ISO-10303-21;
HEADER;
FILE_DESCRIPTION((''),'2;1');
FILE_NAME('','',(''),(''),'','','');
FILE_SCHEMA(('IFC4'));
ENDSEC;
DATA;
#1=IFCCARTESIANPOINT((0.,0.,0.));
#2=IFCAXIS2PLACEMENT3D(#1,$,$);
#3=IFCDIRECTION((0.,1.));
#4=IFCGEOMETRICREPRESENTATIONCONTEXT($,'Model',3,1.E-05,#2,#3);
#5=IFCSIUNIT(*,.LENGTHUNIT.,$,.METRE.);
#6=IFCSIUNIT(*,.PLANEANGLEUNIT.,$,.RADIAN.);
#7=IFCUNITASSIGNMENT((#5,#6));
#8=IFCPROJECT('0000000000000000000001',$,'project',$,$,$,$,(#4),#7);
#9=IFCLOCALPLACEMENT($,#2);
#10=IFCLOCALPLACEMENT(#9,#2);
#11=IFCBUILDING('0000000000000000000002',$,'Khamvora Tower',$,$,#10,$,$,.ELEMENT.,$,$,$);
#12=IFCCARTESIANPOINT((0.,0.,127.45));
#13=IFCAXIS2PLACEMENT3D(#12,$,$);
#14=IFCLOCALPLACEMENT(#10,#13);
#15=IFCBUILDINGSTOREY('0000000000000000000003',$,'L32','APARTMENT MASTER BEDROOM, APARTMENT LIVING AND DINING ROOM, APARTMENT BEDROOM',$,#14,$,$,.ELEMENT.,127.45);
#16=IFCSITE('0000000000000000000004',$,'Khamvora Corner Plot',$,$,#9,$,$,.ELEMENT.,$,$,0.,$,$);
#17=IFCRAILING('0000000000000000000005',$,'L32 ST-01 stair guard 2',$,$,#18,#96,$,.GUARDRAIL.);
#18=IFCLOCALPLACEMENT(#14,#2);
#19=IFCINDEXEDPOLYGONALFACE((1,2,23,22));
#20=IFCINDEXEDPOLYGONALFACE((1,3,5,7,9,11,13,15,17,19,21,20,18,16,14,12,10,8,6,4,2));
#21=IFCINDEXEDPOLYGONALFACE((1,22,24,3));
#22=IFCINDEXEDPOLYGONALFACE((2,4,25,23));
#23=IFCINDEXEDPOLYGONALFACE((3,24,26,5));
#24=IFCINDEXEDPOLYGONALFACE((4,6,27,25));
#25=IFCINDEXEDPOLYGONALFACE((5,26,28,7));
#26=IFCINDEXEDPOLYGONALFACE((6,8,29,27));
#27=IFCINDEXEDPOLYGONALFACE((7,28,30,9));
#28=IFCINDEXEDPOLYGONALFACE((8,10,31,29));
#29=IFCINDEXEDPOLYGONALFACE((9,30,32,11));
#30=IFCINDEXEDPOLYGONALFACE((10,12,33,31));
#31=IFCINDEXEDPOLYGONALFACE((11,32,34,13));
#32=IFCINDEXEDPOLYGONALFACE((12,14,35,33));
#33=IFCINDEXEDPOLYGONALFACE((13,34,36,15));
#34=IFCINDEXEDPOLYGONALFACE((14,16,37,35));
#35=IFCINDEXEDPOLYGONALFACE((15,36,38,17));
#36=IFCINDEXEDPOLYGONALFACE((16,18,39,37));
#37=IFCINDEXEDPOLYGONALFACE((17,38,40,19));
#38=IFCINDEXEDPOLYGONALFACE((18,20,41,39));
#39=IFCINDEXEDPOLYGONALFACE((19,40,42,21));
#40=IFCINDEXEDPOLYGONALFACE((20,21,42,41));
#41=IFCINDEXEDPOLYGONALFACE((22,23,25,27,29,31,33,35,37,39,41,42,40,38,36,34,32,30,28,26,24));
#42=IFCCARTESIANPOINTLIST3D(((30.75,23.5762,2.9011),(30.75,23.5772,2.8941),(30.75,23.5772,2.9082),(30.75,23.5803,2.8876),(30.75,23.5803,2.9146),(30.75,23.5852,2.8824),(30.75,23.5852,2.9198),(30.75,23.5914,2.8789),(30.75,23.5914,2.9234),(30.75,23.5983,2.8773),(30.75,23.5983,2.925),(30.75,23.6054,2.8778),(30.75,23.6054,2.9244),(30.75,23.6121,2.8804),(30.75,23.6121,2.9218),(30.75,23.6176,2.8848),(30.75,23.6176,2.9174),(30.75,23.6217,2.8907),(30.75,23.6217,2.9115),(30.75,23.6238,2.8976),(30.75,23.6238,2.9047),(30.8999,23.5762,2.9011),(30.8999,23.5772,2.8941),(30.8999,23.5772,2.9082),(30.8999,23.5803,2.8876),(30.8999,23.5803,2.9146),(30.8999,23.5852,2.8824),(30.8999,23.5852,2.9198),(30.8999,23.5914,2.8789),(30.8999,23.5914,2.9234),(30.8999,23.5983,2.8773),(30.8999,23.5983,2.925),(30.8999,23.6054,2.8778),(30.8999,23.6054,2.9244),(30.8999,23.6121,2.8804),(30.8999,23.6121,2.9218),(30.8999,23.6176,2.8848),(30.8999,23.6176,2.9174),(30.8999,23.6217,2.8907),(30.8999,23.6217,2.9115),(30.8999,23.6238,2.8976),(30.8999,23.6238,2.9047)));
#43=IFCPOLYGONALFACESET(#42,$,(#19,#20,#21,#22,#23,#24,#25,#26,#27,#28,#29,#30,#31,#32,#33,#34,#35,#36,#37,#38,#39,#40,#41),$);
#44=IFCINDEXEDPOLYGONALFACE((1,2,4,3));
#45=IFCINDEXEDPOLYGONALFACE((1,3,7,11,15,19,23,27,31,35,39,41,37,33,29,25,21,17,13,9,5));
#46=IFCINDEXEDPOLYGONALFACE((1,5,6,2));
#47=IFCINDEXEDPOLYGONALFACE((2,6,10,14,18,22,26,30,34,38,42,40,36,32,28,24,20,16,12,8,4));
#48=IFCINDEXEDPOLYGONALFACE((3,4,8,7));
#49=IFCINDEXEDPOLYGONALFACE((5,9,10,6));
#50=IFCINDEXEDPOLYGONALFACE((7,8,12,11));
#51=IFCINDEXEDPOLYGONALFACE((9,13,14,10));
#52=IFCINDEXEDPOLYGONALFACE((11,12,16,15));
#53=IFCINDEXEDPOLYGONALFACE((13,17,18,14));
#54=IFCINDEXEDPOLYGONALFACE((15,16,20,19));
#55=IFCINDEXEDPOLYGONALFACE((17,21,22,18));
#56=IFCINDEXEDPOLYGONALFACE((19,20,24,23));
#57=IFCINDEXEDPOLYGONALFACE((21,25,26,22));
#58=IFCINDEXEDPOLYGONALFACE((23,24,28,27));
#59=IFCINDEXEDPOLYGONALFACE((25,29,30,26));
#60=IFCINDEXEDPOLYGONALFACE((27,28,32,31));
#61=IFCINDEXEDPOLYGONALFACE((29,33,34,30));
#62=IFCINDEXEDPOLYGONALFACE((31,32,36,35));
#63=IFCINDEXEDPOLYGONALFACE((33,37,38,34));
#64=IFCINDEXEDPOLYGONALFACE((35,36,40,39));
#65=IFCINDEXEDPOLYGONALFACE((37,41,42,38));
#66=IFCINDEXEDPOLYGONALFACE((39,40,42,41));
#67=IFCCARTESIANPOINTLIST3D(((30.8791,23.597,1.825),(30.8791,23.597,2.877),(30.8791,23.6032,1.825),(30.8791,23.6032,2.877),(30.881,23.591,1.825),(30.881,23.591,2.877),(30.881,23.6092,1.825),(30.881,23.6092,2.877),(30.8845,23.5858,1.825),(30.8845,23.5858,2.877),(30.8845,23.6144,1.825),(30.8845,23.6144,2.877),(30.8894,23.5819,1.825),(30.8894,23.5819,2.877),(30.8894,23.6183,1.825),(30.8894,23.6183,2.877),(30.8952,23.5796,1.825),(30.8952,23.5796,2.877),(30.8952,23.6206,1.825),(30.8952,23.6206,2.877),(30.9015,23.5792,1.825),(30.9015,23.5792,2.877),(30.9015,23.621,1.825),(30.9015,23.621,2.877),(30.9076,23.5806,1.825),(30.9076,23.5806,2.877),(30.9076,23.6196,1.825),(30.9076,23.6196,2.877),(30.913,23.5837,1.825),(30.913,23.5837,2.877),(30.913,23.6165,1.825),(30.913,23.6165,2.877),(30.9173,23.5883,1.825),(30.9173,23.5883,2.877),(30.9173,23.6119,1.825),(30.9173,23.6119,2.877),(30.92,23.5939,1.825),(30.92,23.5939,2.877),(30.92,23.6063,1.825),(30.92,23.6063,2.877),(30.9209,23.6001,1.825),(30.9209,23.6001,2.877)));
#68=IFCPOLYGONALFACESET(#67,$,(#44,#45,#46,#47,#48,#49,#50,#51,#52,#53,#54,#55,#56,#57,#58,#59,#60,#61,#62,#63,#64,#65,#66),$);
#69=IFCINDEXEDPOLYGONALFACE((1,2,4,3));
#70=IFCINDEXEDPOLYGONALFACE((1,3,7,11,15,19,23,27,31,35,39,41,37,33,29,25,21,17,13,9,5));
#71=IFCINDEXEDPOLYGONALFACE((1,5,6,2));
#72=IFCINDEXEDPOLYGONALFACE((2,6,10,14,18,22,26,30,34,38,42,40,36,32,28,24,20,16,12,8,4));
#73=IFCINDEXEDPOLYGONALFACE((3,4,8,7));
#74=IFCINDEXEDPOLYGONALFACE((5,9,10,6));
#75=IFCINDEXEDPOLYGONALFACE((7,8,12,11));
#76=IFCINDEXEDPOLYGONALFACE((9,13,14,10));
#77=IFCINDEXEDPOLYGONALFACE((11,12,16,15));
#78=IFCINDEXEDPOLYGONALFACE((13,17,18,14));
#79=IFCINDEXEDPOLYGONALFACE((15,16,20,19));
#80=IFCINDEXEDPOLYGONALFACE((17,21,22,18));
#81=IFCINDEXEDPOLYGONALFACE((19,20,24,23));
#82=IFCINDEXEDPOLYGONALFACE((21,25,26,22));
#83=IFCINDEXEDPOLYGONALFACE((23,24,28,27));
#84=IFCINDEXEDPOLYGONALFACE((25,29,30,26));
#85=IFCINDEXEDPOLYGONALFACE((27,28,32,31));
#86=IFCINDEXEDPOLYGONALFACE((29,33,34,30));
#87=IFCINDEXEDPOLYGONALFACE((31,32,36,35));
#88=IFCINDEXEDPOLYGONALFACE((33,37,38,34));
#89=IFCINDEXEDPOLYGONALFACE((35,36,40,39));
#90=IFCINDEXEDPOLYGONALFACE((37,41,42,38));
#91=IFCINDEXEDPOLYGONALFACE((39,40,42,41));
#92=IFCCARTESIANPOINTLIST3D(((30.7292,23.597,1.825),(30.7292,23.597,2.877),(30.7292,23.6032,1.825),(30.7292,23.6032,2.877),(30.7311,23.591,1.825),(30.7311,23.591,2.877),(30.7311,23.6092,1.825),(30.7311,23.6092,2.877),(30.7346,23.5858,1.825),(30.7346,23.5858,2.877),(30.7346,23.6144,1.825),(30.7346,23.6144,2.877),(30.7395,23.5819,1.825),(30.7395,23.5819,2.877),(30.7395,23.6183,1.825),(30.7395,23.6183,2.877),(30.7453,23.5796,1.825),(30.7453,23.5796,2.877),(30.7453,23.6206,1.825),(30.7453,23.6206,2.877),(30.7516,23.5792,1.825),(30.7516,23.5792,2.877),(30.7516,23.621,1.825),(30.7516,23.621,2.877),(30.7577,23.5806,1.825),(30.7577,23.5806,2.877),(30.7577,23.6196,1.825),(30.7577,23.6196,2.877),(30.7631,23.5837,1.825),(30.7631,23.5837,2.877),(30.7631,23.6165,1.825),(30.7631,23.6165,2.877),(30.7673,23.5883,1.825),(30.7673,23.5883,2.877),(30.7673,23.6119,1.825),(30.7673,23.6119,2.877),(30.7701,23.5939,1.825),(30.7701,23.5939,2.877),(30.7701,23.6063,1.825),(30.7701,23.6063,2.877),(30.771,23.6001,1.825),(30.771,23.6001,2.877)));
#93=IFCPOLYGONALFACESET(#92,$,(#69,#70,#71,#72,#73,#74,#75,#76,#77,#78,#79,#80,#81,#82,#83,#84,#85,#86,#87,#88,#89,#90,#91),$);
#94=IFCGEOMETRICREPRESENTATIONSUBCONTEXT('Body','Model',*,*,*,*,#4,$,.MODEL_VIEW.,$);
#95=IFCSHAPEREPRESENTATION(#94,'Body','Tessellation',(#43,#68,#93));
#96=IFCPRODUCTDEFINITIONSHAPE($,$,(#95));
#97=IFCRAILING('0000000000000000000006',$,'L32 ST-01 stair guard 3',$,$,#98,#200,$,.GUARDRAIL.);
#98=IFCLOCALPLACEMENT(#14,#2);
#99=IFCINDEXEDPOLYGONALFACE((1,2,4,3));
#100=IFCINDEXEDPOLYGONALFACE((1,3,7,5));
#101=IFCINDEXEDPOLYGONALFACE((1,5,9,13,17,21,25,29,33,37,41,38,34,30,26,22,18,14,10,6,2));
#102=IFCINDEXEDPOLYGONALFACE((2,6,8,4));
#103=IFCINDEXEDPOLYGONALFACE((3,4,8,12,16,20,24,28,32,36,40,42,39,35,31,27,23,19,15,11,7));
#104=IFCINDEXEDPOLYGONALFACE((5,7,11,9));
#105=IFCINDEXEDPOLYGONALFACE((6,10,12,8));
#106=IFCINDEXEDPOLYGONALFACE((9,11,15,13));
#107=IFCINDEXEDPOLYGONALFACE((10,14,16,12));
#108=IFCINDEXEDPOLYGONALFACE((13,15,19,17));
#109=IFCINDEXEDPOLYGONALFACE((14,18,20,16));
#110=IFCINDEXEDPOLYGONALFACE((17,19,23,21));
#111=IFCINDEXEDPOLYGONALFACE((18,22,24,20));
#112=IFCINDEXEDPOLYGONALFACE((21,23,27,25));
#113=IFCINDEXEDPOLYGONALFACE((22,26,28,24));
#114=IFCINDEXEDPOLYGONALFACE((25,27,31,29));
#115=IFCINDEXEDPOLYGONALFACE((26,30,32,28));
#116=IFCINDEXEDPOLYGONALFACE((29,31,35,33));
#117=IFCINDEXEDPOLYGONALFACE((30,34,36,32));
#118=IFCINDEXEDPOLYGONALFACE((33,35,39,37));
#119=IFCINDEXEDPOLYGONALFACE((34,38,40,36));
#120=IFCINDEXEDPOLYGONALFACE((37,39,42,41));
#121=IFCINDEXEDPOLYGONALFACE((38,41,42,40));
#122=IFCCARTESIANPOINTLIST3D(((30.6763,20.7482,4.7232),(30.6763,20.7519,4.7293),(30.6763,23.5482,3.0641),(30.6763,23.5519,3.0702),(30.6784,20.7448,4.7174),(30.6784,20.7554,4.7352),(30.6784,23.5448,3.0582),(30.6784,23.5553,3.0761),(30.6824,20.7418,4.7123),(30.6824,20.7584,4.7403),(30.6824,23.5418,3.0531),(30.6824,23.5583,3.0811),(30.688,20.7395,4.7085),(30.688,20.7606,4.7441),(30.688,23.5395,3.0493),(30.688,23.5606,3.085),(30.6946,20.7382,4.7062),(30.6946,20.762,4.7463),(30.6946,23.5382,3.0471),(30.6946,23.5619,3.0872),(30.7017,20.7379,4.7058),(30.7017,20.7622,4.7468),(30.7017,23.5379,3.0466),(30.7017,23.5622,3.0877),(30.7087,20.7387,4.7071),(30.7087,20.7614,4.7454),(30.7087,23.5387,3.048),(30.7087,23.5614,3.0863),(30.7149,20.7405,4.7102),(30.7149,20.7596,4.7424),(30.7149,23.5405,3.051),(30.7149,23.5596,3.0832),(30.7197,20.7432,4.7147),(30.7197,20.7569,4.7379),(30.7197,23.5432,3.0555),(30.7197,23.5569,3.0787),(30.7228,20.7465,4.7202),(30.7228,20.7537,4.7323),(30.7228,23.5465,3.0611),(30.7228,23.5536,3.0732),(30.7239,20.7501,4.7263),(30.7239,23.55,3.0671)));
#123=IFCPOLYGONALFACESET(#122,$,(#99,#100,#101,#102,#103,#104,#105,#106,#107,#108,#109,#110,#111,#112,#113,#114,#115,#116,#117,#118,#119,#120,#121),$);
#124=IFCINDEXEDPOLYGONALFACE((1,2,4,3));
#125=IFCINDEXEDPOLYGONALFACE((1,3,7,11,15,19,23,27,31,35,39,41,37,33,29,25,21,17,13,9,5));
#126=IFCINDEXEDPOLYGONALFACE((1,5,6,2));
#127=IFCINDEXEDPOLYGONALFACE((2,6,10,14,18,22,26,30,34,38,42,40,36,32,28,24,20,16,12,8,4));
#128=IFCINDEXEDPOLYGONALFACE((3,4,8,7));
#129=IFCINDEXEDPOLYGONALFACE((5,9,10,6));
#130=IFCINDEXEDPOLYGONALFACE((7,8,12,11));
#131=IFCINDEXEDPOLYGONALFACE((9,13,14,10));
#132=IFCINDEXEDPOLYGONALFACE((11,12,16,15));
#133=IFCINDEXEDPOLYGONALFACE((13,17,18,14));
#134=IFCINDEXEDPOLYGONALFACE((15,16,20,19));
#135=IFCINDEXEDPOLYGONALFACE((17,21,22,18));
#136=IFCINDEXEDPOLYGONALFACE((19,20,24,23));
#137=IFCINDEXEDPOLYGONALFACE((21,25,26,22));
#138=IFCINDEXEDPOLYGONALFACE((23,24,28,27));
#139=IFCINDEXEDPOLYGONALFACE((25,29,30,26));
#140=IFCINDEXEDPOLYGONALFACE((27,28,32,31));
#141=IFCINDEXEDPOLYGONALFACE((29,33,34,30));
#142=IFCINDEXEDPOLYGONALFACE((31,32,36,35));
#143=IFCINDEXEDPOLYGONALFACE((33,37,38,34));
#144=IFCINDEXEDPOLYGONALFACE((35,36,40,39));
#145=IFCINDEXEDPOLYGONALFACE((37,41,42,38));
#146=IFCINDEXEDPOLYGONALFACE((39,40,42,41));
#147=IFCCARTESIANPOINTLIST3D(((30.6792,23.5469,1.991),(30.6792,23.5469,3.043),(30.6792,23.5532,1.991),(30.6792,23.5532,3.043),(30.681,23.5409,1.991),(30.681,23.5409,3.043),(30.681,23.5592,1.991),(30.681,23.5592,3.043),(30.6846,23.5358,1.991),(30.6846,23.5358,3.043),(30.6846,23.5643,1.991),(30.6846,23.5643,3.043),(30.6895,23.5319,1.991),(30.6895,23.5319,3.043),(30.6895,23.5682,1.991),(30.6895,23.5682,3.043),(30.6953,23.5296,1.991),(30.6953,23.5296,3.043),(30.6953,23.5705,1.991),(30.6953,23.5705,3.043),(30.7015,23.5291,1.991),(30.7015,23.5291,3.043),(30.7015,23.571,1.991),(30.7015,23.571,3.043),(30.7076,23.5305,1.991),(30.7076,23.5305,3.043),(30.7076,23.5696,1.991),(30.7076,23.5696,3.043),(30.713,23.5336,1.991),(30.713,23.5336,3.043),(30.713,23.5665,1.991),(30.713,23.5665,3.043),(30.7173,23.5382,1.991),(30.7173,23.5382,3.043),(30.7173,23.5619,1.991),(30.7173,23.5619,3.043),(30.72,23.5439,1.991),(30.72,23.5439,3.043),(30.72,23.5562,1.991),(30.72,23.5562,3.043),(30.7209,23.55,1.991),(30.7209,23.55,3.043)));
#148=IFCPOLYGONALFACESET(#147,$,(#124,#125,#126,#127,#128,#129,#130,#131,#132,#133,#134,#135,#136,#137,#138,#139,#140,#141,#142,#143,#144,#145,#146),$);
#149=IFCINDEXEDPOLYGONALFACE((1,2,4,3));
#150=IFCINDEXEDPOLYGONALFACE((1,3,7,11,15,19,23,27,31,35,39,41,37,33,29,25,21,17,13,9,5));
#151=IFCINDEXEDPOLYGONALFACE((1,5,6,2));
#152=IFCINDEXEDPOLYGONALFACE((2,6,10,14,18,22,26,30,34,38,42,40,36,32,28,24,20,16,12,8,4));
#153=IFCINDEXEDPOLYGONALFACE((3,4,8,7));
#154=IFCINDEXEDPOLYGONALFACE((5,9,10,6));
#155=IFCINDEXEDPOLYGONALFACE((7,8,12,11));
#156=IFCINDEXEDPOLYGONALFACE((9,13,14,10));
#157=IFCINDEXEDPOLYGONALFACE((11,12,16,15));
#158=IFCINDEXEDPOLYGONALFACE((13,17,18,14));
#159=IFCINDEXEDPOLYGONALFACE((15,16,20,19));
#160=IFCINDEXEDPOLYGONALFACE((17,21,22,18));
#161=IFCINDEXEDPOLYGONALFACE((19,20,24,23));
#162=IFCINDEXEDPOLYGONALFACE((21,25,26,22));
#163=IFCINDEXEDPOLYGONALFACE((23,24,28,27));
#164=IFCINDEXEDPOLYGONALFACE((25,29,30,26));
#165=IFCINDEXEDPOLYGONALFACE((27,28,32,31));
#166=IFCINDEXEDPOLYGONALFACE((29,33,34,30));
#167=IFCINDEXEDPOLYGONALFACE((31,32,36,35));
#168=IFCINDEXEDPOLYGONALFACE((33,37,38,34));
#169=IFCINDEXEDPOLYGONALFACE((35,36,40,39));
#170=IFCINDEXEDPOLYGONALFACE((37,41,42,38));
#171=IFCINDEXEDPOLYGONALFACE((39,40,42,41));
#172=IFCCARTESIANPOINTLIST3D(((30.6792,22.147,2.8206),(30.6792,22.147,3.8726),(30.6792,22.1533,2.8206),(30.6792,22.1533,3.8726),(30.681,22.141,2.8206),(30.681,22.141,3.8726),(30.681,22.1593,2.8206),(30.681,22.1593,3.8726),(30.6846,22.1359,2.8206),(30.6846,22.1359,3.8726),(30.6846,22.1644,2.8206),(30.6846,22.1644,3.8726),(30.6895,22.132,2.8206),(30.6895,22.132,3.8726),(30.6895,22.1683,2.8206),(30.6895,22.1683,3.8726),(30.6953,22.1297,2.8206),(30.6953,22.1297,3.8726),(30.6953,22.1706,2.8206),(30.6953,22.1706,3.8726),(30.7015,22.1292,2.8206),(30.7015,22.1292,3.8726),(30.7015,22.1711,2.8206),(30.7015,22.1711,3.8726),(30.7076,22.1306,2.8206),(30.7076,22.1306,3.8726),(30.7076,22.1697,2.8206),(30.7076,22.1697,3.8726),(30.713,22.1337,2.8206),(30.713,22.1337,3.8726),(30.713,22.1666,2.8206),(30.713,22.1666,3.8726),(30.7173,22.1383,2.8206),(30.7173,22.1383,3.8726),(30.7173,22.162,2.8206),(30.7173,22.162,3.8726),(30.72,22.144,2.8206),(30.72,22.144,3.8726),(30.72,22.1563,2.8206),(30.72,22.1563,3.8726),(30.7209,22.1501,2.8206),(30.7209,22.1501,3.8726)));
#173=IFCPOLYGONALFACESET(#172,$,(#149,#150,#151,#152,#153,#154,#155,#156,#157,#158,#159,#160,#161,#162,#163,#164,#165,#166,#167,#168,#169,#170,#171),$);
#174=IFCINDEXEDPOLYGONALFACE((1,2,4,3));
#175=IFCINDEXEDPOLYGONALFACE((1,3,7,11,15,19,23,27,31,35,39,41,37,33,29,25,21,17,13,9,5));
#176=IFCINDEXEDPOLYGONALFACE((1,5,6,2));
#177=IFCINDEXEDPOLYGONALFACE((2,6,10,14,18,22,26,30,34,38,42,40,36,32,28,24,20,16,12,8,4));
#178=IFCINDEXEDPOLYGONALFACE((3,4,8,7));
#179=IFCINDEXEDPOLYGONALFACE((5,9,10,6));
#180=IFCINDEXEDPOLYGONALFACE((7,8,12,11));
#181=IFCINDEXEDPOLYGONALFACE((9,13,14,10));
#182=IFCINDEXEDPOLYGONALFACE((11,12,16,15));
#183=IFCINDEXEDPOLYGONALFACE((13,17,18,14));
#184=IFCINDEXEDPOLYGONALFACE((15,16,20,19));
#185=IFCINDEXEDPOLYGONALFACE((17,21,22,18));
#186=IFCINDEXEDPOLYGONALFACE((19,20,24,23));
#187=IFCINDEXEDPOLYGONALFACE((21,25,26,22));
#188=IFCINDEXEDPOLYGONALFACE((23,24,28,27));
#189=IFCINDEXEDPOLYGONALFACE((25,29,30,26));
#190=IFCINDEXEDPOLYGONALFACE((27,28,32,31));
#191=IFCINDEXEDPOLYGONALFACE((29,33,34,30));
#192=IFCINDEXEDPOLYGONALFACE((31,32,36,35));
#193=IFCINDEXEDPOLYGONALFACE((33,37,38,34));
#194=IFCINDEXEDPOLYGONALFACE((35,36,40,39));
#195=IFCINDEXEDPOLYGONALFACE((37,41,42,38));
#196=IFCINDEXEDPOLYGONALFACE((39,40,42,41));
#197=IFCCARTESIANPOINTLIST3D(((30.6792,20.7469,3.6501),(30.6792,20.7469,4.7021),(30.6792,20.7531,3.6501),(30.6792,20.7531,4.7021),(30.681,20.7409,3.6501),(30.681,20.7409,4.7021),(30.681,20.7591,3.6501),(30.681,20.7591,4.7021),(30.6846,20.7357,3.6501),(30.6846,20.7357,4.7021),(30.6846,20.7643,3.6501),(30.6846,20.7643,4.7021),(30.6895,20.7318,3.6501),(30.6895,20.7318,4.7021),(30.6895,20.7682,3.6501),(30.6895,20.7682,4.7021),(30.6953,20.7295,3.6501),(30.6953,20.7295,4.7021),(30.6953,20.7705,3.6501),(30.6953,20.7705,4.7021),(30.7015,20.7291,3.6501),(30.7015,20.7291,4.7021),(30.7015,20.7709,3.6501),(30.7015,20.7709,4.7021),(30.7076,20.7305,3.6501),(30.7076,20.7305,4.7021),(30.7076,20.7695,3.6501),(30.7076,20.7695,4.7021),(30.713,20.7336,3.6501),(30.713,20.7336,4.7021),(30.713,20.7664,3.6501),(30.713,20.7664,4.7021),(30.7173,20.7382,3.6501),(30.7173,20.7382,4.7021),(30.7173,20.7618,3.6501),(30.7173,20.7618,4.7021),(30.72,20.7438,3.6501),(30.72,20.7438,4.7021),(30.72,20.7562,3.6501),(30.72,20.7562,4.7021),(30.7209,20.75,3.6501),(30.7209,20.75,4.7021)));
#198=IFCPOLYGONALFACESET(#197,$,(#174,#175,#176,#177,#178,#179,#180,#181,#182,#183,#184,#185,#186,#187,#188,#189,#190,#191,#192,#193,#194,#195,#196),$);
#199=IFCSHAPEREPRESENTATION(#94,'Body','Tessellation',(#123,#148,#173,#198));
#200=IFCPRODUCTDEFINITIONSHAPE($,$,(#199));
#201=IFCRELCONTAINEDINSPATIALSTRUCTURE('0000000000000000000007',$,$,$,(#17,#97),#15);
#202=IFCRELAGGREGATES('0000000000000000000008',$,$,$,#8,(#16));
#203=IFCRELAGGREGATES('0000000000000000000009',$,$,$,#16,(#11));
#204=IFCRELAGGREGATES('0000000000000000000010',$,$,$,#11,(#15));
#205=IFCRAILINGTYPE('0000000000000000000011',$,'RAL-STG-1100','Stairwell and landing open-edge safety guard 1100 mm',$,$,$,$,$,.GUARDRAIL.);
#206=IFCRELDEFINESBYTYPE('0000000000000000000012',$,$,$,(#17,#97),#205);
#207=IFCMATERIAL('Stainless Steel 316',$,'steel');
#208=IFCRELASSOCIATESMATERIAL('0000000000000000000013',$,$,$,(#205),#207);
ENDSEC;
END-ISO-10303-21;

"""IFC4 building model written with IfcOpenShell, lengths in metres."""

from ifc_helpers import new_model, si_unit, direction, frame, origin, origin_2d, place, context, subcontext, project, spatial, circle, extrude, material, type_object, element, save


model = new_model("IFC4")

# Units and contexts
model_context = context("Model", 3, precision=1e-05, world=origin(), true_north=direction((0.0, 1.0)))
body_context = subcontext(model_context, "Body", "Model", "MODEL_VIEW")
ifc_project = project(units=[si_unit("LENGTHUNIT", "METRE"), si_unit("PLANEANGLEUNIT", "RADIAN")], contexts=[model_context])

# Site, building, storey
site_placement = place(None, origin())
site = spatial("IfcSite", under=ifc_project, at=site_placement, Name="Khamvora Corner Plot", CompositionType="ELEMENT", RefElevation=0.0)
building_placement = place(site_placement, origin())
building = spatial("IfcBuilding", under=site, at=building_placement, Name="Khamvora Tower", CompositionType="ELEMENT")
storey_placement = place(building_placement, frame((0.0, 0.0, 127.45)))
storey = spatial("IfcBuildingStorey", under=building, at=storey_placement, Name="L32", Description="APARTMENT MASTER BEDROOM, APARTMENT LIVING AND DINING ROOM, APARTMENT BEDROOM", CompositionType="ELEMENT", Elevation=127.45)

# Railings
ifc_material_1 = material(Name="Stainless Steel 316", Category="steel")
railing_type_1 = type_object("IfcRailingType", Name="RAL-STG-1100", Description="Stairwell and landing open-edge safety guard 1100 mm", PredefinedType="GUARDRAIL", material=ifc_material_1)
railing_1_placement = place(storey_placement, frame((30.8999, 23.6001, 1.825)))
element("IfcRailing", 1, at=railing_1_placement, inside=storey, type_object=railing_type_1, Name="L32 ST-01 stair guard 2", PredefinedType="GUARDRAIL", context=body_context, shape_type="SweptSolid", body=[
    extrude(circle(Radius=0.0239, at=origin_2d()), frame((0.0, 0.0, 1.0762), z_axis=(-1.0, 0.0, 0.0), x_axis=(0.0, -1.0, 0.0)), (0.0, 0.0, 1.0), 0.1499),
    extrude(circle(Radius=0.021, at=origin_2d()), origin(), (0.0, 0.0, 1.0), 1.052),
    extrude(circle(Radius=0.021, at=origin_2d()), frame((-0.1499, 0.0, 0.0)), (0.0, 0.0, 1.0), 1.052),
])
railing_2_placement = place(storey_placement, frame((30.7, 23.55, 1.991)))
element("IfcRailing", 2, at=railing_2_placement, inside=storey, type_object=railing_type_1, Name="L32 ST-01 stair guard 3", PredefinedType="GUARDRAIL", context=body_context, shape_type="SweptSolid", body=[
    extrude(circle(Radius=0.0239, at=origin_2d()), frame((0.0, 0.0, 1.0762), z_axis=(0.0, -0.860306, 0.509778), x_axis=(1.0, 0.0, 0.0)), (0.0, 0.0, 1.0), 3.2546),
    extrude(circle(Radius=0.021, at=origin_2d()), origin(), (0.0, 0.0, 1.0), 1.052),
    extrude(circle(Radius=0.021, at=origin_2d()), frame((0.0, -1.3999, 0.8296)), (0.0, 0.0, 1.0), 1.052),
    extrude(circle(Radius=0.021, at=origin_2d()), frame((0.0, -2.8, 1.6592)), (0.0, 0.0, 1.0), 1.052),
])

save(model, "model.ifc")
